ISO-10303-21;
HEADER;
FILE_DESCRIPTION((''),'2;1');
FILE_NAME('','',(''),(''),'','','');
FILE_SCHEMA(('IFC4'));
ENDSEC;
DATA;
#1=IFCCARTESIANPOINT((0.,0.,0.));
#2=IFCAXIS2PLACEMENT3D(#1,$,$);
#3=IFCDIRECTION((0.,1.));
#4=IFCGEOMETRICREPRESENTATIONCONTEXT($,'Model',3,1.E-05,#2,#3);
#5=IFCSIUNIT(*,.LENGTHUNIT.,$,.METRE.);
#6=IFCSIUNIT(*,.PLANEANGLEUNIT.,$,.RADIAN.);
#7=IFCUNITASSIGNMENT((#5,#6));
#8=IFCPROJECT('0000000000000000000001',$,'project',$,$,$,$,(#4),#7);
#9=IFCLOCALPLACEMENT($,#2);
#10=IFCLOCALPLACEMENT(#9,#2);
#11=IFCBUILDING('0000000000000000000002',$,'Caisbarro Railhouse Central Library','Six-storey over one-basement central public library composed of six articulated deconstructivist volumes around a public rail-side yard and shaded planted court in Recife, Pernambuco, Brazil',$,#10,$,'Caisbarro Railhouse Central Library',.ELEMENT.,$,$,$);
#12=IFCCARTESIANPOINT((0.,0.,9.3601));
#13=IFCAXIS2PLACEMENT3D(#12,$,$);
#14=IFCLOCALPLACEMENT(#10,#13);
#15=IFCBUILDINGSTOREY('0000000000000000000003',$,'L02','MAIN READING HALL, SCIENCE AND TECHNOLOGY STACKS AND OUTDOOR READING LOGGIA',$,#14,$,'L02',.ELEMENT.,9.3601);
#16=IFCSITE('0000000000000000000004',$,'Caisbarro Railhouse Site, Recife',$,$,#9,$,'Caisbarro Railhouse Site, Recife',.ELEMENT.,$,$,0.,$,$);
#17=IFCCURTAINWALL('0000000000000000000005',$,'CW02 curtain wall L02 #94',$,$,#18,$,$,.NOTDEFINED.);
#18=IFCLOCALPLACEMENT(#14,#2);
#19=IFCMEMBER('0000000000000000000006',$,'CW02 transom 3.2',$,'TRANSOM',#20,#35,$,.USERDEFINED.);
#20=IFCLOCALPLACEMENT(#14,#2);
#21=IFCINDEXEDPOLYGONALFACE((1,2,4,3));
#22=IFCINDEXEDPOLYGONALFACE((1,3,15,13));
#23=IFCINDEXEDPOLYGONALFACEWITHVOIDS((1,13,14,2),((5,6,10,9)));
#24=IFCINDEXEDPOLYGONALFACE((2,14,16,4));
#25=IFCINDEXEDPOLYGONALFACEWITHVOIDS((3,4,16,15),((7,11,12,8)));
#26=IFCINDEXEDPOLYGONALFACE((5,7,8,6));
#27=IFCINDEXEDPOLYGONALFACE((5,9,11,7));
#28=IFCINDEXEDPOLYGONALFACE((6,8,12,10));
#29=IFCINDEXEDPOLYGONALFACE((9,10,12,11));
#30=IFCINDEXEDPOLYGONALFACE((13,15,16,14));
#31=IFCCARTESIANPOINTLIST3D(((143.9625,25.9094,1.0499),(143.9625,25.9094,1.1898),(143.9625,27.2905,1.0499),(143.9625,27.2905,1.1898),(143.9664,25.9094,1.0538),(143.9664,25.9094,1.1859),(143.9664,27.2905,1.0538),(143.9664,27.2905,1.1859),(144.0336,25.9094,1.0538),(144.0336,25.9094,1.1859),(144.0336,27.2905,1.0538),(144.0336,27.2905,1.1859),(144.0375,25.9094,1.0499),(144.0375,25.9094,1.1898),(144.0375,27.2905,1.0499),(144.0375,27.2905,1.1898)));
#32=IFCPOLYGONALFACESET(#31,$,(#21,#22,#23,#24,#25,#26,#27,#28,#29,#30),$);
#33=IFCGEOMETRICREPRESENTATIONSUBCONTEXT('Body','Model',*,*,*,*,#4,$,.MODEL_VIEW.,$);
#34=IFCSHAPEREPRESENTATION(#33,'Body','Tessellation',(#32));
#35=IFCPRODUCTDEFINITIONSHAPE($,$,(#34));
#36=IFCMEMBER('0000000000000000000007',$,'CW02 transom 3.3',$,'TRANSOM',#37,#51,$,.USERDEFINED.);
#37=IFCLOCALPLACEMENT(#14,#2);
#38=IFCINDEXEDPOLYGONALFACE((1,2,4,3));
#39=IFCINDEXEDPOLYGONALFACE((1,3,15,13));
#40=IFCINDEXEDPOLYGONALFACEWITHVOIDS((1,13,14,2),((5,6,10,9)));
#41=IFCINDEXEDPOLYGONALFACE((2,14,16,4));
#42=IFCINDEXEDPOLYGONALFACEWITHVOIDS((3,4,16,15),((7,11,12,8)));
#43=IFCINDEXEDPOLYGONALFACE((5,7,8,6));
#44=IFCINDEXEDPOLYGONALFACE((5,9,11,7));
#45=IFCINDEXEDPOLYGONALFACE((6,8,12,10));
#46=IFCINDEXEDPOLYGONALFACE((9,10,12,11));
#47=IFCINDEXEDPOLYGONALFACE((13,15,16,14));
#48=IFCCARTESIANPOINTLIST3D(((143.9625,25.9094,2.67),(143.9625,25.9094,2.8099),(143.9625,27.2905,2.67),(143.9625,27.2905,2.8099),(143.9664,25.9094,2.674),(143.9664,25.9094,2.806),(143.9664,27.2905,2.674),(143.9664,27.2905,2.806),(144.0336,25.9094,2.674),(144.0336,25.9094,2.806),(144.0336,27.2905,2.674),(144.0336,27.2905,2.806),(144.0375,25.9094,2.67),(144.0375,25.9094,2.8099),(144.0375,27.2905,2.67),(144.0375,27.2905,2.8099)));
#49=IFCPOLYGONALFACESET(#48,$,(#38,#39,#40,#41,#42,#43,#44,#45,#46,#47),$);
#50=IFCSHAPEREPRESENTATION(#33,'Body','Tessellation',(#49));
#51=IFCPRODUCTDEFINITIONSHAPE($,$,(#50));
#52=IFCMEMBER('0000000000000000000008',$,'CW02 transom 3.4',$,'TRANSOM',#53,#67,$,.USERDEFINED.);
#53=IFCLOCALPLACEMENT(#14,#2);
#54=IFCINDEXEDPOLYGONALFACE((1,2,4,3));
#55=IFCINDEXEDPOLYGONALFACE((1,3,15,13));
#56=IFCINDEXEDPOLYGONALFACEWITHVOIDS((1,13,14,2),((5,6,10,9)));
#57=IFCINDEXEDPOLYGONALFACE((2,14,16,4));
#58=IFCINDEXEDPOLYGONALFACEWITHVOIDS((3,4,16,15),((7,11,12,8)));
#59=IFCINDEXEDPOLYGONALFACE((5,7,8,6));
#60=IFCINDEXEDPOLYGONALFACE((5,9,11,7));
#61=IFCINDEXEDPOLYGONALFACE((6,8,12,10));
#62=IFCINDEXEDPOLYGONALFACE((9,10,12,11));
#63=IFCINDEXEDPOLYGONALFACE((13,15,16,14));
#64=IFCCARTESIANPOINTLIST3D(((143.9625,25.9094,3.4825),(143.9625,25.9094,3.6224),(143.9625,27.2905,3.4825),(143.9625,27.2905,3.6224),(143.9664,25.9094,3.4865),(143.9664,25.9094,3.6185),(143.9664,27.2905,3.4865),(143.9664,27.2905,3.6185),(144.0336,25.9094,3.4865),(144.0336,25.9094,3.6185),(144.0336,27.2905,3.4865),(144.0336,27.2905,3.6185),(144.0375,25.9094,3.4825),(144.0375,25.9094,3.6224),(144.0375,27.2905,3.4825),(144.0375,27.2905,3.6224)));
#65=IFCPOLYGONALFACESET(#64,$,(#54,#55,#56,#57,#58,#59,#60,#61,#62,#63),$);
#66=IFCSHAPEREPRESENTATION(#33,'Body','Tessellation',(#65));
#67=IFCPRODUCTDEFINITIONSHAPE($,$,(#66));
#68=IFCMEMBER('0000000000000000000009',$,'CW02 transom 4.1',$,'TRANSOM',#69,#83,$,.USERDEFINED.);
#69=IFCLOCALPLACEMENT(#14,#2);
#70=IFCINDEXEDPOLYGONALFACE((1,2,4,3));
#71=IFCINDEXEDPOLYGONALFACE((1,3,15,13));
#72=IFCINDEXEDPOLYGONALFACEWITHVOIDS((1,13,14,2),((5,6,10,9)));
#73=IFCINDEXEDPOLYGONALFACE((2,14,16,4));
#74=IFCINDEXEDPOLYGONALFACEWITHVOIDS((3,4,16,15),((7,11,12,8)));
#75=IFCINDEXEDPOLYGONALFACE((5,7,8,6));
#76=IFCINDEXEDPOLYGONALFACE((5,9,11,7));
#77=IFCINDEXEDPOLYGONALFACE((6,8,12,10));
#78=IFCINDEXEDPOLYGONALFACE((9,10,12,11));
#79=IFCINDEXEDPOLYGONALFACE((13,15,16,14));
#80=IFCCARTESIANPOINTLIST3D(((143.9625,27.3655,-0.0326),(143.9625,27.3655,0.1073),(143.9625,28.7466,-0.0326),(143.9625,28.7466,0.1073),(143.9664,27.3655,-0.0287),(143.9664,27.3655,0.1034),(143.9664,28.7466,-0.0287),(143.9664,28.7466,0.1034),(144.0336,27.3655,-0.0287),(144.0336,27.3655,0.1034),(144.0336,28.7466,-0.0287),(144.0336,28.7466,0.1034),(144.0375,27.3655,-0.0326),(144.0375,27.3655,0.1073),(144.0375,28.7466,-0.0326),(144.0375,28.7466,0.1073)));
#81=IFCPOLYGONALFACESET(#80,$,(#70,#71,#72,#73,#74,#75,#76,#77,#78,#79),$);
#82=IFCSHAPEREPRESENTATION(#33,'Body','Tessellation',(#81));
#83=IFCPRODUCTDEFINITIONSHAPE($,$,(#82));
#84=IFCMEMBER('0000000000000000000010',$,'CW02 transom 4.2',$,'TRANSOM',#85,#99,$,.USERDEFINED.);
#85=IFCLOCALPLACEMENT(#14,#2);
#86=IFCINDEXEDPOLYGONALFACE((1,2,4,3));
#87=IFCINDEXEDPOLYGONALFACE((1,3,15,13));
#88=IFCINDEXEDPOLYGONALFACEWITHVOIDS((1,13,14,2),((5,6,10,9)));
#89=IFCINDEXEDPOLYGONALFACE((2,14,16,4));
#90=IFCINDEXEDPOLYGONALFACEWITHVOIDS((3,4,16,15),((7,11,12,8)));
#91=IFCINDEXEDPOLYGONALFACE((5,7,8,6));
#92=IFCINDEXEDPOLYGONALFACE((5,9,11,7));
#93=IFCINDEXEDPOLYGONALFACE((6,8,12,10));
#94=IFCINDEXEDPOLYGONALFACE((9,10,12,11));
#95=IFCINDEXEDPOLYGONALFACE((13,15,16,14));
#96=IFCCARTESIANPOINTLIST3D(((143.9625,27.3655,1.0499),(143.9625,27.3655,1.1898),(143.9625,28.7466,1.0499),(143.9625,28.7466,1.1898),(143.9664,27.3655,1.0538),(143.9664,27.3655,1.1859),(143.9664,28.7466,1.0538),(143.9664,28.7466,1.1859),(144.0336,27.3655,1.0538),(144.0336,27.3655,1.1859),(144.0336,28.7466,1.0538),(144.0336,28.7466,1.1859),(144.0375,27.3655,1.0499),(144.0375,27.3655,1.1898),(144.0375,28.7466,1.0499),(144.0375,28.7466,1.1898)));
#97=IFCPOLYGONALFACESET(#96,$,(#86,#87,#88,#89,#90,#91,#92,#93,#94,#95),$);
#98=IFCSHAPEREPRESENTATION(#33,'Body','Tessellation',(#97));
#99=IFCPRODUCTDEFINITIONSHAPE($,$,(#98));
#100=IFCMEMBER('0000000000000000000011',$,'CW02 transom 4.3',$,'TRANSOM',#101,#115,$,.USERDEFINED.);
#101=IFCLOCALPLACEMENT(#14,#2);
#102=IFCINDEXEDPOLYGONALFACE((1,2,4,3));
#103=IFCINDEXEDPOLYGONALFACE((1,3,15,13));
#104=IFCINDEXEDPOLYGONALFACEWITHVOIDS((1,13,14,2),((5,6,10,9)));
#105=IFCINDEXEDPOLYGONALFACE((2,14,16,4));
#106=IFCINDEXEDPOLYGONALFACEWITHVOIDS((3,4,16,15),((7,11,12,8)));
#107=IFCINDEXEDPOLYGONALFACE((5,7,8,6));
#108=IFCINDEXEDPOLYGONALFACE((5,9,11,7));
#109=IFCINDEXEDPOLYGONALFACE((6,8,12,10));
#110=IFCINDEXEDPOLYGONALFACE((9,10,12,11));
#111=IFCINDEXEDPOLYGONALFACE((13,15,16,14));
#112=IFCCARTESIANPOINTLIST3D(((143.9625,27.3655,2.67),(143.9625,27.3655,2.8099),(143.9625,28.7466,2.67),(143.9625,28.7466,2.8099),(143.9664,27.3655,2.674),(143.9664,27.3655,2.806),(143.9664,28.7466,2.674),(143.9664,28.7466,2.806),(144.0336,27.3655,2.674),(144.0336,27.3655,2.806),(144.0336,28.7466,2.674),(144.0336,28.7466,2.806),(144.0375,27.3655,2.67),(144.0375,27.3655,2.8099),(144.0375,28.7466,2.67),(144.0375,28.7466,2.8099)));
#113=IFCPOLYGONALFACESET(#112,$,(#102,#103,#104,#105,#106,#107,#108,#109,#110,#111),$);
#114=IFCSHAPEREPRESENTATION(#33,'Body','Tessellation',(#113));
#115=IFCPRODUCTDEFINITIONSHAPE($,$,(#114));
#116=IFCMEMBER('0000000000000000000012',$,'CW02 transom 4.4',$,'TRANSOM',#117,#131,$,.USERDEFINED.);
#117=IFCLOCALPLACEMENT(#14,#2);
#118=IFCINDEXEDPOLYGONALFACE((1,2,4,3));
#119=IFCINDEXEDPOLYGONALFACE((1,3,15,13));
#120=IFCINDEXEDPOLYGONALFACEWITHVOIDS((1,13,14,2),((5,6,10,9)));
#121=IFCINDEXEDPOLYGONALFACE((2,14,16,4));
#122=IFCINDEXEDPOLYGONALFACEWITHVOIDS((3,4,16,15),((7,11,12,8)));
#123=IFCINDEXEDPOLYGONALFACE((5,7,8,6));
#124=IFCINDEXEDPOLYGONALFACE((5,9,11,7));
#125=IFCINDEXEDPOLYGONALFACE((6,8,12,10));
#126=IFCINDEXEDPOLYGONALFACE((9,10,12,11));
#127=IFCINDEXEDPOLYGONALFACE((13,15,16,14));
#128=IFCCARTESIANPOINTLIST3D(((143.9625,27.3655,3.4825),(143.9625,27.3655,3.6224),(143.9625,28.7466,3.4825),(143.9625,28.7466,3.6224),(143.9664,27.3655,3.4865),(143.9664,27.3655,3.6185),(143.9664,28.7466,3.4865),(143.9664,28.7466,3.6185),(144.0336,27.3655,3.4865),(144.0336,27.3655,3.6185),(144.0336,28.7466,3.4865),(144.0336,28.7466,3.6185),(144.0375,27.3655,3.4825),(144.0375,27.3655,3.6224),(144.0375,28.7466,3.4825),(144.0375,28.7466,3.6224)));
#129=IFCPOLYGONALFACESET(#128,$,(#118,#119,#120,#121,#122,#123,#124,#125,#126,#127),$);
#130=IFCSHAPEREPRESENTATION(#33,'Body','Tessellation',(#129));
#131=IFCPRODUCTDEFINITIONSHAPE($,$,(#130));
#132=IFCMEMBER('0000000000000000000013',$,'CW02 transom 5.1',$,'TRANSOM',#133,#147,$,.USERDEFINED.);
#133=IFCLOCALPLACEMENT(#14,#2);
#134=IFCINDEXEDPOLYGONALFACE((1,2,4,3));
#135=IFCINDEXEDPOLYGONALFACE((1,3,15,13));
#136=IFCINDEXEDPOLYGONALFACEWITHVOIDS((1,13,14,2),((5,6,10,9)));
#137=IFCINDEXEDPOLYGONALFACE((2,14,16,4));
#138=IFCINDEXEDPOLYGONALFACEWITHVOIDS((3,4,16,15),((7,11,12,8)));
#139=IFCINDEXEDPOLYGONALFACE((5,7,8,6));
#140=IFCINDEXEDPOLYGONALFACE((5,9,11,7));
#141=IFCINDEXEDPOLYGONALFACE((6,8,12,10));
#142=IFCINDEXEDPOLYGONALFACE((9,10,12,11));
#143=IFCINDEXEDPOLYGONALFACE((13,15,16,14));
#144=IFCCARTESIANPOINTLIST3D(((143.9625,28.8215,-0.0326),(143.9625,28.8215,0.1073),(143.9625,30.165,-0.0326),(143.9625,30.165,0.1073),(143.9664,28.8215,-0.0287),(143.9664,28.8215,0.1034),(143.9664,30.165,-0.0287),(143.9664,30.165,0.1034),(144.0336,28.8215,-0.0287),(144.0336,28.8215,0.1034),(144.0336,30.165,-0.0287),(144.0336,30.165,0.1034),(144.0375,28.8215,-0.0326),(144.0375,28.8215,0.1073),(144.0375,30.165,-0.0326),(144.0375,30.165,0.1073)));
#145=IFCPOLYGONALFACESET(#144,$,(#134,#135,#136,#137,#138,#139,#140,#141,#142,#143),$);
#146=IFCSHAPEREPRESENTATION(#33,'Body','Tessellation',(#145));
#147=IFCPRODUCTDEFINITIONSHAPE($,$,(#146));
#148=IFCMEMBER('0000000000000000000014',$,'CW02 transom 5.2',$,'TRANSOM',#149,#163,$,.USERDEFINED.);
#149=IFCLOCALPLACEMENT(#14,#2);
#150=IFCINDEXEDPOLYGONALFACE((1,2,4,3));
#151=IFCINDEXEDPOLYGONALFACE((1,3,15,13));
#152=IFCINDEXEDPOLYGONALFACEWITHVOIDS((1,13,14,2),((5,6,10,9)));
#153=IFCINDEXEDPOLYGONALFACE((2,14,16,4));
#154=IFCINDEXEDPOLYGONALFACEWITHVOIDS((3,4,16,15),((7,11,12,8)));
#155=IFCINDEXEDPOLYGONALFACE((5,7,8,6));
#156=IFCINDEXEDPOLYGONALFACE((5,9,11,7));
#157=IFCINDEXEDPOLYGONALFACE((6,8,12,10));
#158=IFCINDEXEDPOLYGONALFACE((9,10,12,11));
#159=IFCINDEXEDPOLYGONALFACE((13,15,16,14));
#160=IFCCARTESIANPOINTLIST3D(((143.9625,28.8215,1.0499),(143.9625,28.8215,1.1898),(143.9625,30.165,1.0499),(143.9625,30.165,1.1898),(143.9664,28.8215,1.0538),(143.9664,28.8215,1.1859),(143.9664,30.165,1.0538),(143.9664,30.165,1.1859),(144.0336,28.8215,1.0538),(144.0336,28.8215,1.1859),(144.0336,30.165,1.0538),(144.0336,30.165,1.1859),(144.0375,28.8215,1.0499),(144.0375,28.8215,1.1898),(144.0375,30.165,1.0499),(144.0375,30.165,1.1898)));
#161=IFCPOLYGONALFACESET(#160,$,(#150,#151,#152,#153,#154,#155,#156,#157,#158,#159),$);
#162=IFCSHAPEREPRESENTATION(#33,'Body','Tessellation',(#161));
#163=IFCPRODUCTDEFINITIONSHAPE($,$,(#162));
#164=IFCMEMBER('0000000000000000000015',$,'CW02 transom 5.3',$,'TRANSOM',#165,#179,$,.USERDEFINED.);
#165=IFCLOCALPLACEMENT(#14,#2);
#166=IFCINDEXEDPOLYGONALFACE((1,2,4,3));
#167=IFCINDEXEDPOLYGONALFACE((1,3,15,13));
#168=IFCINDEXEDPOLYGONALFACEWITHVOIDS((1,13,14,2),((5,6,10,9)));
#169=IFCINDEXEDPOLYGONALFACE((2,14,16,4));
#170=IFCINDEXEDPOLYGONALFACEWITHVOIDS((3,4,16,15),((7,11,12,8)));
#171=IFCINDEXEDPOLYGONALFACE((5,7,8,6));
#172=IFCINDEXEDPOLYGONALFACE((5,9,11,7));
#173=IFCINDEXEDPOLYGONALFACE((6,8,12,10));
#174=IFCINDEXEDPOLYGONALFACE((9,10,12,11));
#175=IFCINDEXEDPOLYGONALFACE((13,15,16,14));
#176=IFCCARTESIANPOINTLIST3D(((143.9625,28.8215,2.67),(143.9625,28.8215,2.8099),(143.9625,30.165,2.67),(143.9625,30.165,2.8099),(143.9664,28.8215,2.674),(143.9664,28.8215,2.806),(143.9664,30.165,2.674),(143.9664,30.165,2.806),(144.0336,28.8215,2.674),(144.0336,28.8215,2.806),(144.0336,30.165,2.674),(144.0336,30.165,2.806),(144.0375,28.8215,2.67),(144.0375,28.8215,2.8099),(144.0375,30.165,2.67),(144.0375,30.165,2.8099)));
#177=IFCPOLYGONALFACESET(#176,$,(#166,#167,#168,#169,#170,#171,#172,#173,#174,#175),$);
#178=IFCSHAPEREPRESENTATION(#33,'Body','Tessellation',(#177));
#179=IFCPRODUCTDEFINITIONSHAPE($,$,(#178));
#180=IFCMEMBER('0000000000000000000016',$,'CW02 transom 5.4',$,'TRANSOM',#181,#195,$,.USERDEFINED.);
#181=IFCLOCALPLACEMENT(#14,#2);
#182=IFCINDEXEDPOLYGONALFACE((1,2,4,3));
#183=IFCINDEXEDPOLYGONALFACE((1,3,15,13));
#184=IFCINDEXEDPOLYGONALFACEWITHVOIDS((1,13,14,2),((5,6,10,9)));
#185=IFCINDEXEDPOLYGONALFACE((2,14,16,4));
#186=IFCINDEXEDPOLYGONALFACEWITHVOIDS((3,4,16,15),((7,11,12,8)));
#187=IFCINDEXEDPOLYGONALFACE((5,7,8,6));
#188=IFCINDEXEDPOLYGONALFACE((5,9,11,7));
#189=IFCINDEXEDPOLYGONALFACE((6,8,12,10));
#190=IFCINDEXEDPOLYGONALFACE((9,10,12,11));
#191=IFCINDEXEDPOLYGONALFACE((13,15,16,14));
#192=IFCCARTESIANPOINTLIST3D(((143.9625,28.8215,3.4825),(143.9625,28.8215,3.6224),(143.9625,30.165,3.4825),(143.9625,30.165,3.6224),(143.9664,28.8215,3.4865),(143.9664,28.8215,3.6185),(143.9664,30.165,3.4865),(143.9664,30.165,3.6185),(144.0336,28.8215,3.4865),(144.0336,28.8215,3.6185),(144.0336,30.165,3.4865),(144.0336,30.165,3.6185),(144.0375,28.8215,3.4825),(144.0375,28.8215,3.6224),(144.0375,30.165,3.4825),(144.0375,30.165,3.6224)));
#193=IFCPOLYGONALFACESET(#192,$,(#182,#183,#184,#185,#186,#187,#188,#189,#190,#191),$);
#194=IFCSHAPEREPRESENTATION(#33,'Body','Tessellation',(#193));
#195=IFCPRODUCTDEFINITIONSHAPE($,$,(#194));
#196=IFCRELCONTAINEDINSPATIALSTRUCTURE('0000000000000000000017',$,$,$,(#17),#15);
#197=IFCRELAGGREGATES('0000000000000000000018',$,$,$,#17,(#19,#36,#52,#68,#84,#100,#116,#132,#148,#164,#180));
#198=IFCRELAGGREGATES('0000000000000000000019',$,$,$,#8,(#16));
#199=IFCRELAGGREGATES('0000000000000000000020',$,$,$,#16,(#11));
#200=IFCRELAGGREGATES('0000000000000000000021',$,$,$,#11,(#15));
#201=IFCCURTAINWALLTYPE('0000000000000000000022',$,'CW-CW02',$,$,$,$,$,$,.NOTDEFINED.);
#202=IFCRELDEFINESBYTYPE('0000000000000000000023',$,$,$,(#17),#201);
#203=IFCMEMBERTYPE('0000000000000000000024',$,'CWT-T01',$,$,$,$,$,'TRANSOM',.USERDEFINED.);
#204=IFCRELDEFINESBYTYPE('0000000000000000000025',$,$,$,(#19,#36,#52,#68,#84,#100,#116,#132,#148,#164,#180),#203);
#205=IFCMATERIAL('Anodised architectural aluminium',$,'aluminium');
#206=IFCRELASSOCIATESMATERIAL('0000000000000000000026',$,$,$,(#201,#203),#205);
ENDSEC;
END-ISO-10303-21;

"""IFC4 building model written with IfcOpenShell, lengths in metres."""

from ifc_helpers import new_model, si_unit, direction, frame, origin, origin_2d, place, context, subcontext, project, spatial, hollow_rectangle, extrude, material, material_profile, profile_set, type_object, element, aggregate, save


model = new_model("IFC4")

# Units and contexts
model_context = context("Model", 3, precision=1e-05, world=origin(), true_north=direction((0.0, 1.0)))
body_context = subcontext(model_context, "Body", "Model", "MODEL_VIEW")
ifc_project = project(units=[si_unit("LENGTHUNIT", "METRE"), si_unit("PLANEANGLEUNIT", "RADIAN")], contexts=[model_context])

# Site, building, storey
site_placement = place(None, origin())
site = spatial("IfcSite", under=ifc_project, at=site_placement, Name="Caisbarro Railhouse Site, Recife", LongName="Caisbarro Railhouse Site, Recife", CompositionType="ELEMENT", RefElevation=0.0)
building_placement = place(site_placement, origin())
building = spatial("IfcBuilding", under=site, at=building_placement, Name="Caisbarro Railhouse Central Library", Description="Six-storey over one-basement central public library composed of six articulated deconstructivist volumes around a public rail-side yard and shaded planted court in Recife, Pernambuco, Brazil", LongName="Caisbarro Railhouse Central Library", CompositionType="ELEMENT")
storey_placement = place(building_placement, frame((0.0, 0.0, 9.3601)))
storey = spatial("IfcBuildingStorey", under=building, at=storey_placement, Name="L02", Description="MAIN READING HALL, SCIENCE AND TECHNOLOGY STACKS AND OUTDOOR READING LOGGIA", LongName="L02", CompositionType="ELEMENT", Elevation=9.3601)

# Curtain wall
ifc_material_1 = material(Name="Anodised architectural aluminium", Category="aluminium")
curtain_wall_type = type_object("IfcCurtainWallType", Name="CW-CW02", PredefinedType="NOTDEFINED", material=ifc_material_1)
curtain_wall_1_placement = place(storey_placement, origin())
curtain_wall_1 = element("IfcCurtainWall", 1, at=curtain_wall_1_placement, inside=storey, type_object=curtain_wall_type, Name="CW02 curtain wall L02 #94", PredefinedType="NOTDEFINED")

# Members
ifc_material_profile_1 = material_profile(ifc_material_1, hollow_rectangle(XDim=0.075, YDim=0.1399, WallThickness=0.0039, at=origin_2d()), Name="ALU-TRN-75X140")
ifc_profile_set_1 = profile_set([ifc_material_profile_1], Name="Anodised architectural aluminium")
member_type_1 = type_object("IfcMemberType", Name="CWT-T01", ElementType="TRANSOM", PredefinedType="USERDEFINED", material=ifc_profile_set_1)
member_1_placement = place(storey_placement, frame((144.0, 25.9094, 1.1199), z_axis=(0.0, 1.0, 0.0), x_axis=(-1.0, 0.0, 0.0)))
member_1 = element("IfcMember", 2, at=member_1_placement, type_object=member_type_1, Name="CW02 transom 3.2", ObjectType="TRANSOM", PredefinedType="USERDEFINED", context=body_context, shape_type="SweptSolid", body=[
    extrude(hollow_rectangle(XDim=0.075, YDim=0.1399, WallThickness=0.0039, at=origin_2d()), origin(), (0.0, 0.0, 1.0), 1.3811),
])
member_2_placement = place(storey_placement, frame((144.0, 25.9094, 2.74), z_axis=(0.0, 1.0, 0.0), x_axis=(-1.0, 0.0, 0.0)))
member_2 = element("IfcMember", 3, at=member_2_placement, type_object=member_type_1, Name="CW02 transom 3.3", ObjectType="TRANSOM", PredefinedType="USERDEFINED", context=body_context, shape_type="SweptSolid", body=[
    extrude(hollow_rectangle(XDim=0.075, YDim=0.1399, WallThickness=0.0039, at=origin_2d()), origin(), (0.0, 0.0, 1.0), 1.3811),
])
member_3_placement = place(storey_placement, frame((144.0, 25.9094, 3.5525), z_axis=(0.0, 1.0, 0.0), x_axis=(-1.0, 0.0, 0.0)))
member_3 = element("IfcMember", 4, at=member_3_placement, type_object=member_type_1, Name="CW02 transom 3.4", ObjectType="TRANSOM", PredefinedType="USERDEFINED", context=body_context, shape_type="SweptSolid", body=[
    extrude(hollow_rectangle(XDim=0.075, YDim=0.1399, WallThickness=0.0039, at=origin_2d()), origin(), (0.0, 0.0, 1.0), 1.3811),
])
member_4_placement = place(storey_placement, frame((144.0, 27.3655, 0.0374), z_axis=(0.0, 1.0, 0.0), x_axis=(-1.0, 0.0, 0.0)))
member_4 = element("IfcMember", 5, at=member_4_placement, type_object=member_type_1, Name="CW02 transom 4.1", ObjectType="TRANSOM", PredefinedType="USERDEFINED", context=body_context, shape_type="SweptSolid", body=[
    extrude(hollow_rectangle(XDim=0.075, YDim=0.1399, WallThickness=0.0039, at=origin_2d()), origin(), (0.0, 0.0, 1.0), 1.3811),
])
member_5_placement = place(storey_placement, frame((144.0, 27.3655, 1.1199), z_axis=(0.0, 1.0, 0.0), x_axis=(-1.0, 0.0, 0.0)))
member_5 = element("IfcMember", 6, at=member_5_placement, type_object=member_type_1, Name="CW02 transom 4.2", ObjectType="TRANSOM", PredefinedType="USERDEFINED", context=body_context, shape_type="SweptSolid", body=[
    extrude(hollow_rectangle(XDim=0.075, YDim=0.1399, WallThickness=0.0039, at=origin_2d()), origin(), (0.0, 0.0, 1.0), 1.3811),
])
member_6_placement = place(storey_placement, frame((144.0, 27.3655, 2.74), z_axis=(0.0, 1.0, 0.0), x_axis=(-1.0, 0.0, 0.0)))
member_6 = element("IfcMember", 7, at=member_6_placement, type_object=member_type_1, Name="CW02 transom 4.3", ObjectType="TRANSOM", PredefinedType="USERDEFINED", context=body_context, shape_type="SweptSolid", body=[
    extrude(hollow_rectangle(XDim=0.075, YDim=0.1399, WallThickness=0.0039, at=origin_2d()), origin(), (0.0, 0.0, 1.0), 1.3811),
])
member_7_placement = place(storey_placement, frame((144.0, 27.3655, 3.5525), z_axis=(0.0, 1.0, 0.0), x_axis=(-1.0, 0.0, 0.0)))
member_7 = element("IfcMember", 8, at=member_7_placement, type_object=member_type_1, Name="CW02 transom 4.4", ObjectType="TRANSOM", PredefinedType="USERDEFINED", context=body_context, shape_type="SweptSolid", body=[
    extrude(hollow_rectangle(XDim=0.075, YDim=0.1399, WallThickness=0.0039, at=origin_2d()), origin(), (0.0, 0.0, 1.0), 1.3811),
])
member_8_placement = place(storey_placement, frame((144.0, 28.8215, 0.0374), z_axis=(0.0, 1.0, 0.0), x_axis=(-1.0, 0.0, 0.0)))
member_8 = element("IfcMember", 9, at=member_8_placement, type_object=member_type_1, Name="CW02 transom 5.1", ObjectType="TRANSOM", PredefinedType="USERDEFINED", context=body_context, shape_type="SweptSolid", body=[
    extrude(hollow_rectangle(XDim=0.075, YDim=0.1399, WallThickness=0.0039, at=origin_2d()), origin(), (0.0, 0.0, 1.0), 1.3435),
])
member_9_placement = place(storey_placement, frame((144.0, 28.8215, 1.1199), z_axis=(0.0, 1.0, 0.0), x_axis=(-1.0, 0.0, 0.0)))
member_9 = element("IfcMember", 10, at=member_9_placement, type_object=member_type_1, Name="CW02 transom 5.2", ObjectType="TRANSOM", PredefinedType="USERDEFINED", context=body_context, shape_type="SweptSolid", body=[
    extrude(hollow_rectangle(XDim=0.075, YDim=0.1399, WallThickness=0.0039, at=origin_2d()), origin(), (0.0, 0.0, 1.0), 1.3435),
])
member_10_placement = place(storey_placement, frame((144.0, 28.8215, 2.74), z_axis=(0.0, 1.0, 0.0), x_axis=(-1.0, 0.0, 0.0)))
member_10 = element("IfcMember", 11, at=member_10_placement, type_object=member_type_1, Name="CW02 transom 5.3", ObjectType="TRANSOM", PredefinedType="USERDEFINED", context=body_context, shape_type="SweptSolid", body=[
    extrude(hollow_rectangle(XDim=0.075, YDim=0.1399, WallThickness=0.0039, at=origin_2d()), origin(), (0.0, 0.0, 1.0), 1.3435),
])
member_11_placement = place(storey_placement, frame((144.0, 28.8215, 3.5525), z_axis=(0.0, 1.0, 0.0), x_axis=(-1.0, 0.0, 0.0)))
member_11 = element("IfcMember", 12, at=member_11_placement, type_object=member_type_1, Name="CW02 transom 5.4", ObjectType="TRANSOM", PredefinedType="USERDEFINED", context=body_context, shape_type="SweptSolid", body=[
    extrude(hollow_rectangle(XDim=0.075, YDim=0.1399, WallThickness=0.0039, at=origin_2d()), origin(), (0.0, 0.0, 1.0), 1.3435),
])

aggregate(curtain_wall_1, [member_1, member_2, member_3, member_4, member_5, member_6, member_7, member_8, member_9, member_10, member_11])

save(model, "model.ifc")
